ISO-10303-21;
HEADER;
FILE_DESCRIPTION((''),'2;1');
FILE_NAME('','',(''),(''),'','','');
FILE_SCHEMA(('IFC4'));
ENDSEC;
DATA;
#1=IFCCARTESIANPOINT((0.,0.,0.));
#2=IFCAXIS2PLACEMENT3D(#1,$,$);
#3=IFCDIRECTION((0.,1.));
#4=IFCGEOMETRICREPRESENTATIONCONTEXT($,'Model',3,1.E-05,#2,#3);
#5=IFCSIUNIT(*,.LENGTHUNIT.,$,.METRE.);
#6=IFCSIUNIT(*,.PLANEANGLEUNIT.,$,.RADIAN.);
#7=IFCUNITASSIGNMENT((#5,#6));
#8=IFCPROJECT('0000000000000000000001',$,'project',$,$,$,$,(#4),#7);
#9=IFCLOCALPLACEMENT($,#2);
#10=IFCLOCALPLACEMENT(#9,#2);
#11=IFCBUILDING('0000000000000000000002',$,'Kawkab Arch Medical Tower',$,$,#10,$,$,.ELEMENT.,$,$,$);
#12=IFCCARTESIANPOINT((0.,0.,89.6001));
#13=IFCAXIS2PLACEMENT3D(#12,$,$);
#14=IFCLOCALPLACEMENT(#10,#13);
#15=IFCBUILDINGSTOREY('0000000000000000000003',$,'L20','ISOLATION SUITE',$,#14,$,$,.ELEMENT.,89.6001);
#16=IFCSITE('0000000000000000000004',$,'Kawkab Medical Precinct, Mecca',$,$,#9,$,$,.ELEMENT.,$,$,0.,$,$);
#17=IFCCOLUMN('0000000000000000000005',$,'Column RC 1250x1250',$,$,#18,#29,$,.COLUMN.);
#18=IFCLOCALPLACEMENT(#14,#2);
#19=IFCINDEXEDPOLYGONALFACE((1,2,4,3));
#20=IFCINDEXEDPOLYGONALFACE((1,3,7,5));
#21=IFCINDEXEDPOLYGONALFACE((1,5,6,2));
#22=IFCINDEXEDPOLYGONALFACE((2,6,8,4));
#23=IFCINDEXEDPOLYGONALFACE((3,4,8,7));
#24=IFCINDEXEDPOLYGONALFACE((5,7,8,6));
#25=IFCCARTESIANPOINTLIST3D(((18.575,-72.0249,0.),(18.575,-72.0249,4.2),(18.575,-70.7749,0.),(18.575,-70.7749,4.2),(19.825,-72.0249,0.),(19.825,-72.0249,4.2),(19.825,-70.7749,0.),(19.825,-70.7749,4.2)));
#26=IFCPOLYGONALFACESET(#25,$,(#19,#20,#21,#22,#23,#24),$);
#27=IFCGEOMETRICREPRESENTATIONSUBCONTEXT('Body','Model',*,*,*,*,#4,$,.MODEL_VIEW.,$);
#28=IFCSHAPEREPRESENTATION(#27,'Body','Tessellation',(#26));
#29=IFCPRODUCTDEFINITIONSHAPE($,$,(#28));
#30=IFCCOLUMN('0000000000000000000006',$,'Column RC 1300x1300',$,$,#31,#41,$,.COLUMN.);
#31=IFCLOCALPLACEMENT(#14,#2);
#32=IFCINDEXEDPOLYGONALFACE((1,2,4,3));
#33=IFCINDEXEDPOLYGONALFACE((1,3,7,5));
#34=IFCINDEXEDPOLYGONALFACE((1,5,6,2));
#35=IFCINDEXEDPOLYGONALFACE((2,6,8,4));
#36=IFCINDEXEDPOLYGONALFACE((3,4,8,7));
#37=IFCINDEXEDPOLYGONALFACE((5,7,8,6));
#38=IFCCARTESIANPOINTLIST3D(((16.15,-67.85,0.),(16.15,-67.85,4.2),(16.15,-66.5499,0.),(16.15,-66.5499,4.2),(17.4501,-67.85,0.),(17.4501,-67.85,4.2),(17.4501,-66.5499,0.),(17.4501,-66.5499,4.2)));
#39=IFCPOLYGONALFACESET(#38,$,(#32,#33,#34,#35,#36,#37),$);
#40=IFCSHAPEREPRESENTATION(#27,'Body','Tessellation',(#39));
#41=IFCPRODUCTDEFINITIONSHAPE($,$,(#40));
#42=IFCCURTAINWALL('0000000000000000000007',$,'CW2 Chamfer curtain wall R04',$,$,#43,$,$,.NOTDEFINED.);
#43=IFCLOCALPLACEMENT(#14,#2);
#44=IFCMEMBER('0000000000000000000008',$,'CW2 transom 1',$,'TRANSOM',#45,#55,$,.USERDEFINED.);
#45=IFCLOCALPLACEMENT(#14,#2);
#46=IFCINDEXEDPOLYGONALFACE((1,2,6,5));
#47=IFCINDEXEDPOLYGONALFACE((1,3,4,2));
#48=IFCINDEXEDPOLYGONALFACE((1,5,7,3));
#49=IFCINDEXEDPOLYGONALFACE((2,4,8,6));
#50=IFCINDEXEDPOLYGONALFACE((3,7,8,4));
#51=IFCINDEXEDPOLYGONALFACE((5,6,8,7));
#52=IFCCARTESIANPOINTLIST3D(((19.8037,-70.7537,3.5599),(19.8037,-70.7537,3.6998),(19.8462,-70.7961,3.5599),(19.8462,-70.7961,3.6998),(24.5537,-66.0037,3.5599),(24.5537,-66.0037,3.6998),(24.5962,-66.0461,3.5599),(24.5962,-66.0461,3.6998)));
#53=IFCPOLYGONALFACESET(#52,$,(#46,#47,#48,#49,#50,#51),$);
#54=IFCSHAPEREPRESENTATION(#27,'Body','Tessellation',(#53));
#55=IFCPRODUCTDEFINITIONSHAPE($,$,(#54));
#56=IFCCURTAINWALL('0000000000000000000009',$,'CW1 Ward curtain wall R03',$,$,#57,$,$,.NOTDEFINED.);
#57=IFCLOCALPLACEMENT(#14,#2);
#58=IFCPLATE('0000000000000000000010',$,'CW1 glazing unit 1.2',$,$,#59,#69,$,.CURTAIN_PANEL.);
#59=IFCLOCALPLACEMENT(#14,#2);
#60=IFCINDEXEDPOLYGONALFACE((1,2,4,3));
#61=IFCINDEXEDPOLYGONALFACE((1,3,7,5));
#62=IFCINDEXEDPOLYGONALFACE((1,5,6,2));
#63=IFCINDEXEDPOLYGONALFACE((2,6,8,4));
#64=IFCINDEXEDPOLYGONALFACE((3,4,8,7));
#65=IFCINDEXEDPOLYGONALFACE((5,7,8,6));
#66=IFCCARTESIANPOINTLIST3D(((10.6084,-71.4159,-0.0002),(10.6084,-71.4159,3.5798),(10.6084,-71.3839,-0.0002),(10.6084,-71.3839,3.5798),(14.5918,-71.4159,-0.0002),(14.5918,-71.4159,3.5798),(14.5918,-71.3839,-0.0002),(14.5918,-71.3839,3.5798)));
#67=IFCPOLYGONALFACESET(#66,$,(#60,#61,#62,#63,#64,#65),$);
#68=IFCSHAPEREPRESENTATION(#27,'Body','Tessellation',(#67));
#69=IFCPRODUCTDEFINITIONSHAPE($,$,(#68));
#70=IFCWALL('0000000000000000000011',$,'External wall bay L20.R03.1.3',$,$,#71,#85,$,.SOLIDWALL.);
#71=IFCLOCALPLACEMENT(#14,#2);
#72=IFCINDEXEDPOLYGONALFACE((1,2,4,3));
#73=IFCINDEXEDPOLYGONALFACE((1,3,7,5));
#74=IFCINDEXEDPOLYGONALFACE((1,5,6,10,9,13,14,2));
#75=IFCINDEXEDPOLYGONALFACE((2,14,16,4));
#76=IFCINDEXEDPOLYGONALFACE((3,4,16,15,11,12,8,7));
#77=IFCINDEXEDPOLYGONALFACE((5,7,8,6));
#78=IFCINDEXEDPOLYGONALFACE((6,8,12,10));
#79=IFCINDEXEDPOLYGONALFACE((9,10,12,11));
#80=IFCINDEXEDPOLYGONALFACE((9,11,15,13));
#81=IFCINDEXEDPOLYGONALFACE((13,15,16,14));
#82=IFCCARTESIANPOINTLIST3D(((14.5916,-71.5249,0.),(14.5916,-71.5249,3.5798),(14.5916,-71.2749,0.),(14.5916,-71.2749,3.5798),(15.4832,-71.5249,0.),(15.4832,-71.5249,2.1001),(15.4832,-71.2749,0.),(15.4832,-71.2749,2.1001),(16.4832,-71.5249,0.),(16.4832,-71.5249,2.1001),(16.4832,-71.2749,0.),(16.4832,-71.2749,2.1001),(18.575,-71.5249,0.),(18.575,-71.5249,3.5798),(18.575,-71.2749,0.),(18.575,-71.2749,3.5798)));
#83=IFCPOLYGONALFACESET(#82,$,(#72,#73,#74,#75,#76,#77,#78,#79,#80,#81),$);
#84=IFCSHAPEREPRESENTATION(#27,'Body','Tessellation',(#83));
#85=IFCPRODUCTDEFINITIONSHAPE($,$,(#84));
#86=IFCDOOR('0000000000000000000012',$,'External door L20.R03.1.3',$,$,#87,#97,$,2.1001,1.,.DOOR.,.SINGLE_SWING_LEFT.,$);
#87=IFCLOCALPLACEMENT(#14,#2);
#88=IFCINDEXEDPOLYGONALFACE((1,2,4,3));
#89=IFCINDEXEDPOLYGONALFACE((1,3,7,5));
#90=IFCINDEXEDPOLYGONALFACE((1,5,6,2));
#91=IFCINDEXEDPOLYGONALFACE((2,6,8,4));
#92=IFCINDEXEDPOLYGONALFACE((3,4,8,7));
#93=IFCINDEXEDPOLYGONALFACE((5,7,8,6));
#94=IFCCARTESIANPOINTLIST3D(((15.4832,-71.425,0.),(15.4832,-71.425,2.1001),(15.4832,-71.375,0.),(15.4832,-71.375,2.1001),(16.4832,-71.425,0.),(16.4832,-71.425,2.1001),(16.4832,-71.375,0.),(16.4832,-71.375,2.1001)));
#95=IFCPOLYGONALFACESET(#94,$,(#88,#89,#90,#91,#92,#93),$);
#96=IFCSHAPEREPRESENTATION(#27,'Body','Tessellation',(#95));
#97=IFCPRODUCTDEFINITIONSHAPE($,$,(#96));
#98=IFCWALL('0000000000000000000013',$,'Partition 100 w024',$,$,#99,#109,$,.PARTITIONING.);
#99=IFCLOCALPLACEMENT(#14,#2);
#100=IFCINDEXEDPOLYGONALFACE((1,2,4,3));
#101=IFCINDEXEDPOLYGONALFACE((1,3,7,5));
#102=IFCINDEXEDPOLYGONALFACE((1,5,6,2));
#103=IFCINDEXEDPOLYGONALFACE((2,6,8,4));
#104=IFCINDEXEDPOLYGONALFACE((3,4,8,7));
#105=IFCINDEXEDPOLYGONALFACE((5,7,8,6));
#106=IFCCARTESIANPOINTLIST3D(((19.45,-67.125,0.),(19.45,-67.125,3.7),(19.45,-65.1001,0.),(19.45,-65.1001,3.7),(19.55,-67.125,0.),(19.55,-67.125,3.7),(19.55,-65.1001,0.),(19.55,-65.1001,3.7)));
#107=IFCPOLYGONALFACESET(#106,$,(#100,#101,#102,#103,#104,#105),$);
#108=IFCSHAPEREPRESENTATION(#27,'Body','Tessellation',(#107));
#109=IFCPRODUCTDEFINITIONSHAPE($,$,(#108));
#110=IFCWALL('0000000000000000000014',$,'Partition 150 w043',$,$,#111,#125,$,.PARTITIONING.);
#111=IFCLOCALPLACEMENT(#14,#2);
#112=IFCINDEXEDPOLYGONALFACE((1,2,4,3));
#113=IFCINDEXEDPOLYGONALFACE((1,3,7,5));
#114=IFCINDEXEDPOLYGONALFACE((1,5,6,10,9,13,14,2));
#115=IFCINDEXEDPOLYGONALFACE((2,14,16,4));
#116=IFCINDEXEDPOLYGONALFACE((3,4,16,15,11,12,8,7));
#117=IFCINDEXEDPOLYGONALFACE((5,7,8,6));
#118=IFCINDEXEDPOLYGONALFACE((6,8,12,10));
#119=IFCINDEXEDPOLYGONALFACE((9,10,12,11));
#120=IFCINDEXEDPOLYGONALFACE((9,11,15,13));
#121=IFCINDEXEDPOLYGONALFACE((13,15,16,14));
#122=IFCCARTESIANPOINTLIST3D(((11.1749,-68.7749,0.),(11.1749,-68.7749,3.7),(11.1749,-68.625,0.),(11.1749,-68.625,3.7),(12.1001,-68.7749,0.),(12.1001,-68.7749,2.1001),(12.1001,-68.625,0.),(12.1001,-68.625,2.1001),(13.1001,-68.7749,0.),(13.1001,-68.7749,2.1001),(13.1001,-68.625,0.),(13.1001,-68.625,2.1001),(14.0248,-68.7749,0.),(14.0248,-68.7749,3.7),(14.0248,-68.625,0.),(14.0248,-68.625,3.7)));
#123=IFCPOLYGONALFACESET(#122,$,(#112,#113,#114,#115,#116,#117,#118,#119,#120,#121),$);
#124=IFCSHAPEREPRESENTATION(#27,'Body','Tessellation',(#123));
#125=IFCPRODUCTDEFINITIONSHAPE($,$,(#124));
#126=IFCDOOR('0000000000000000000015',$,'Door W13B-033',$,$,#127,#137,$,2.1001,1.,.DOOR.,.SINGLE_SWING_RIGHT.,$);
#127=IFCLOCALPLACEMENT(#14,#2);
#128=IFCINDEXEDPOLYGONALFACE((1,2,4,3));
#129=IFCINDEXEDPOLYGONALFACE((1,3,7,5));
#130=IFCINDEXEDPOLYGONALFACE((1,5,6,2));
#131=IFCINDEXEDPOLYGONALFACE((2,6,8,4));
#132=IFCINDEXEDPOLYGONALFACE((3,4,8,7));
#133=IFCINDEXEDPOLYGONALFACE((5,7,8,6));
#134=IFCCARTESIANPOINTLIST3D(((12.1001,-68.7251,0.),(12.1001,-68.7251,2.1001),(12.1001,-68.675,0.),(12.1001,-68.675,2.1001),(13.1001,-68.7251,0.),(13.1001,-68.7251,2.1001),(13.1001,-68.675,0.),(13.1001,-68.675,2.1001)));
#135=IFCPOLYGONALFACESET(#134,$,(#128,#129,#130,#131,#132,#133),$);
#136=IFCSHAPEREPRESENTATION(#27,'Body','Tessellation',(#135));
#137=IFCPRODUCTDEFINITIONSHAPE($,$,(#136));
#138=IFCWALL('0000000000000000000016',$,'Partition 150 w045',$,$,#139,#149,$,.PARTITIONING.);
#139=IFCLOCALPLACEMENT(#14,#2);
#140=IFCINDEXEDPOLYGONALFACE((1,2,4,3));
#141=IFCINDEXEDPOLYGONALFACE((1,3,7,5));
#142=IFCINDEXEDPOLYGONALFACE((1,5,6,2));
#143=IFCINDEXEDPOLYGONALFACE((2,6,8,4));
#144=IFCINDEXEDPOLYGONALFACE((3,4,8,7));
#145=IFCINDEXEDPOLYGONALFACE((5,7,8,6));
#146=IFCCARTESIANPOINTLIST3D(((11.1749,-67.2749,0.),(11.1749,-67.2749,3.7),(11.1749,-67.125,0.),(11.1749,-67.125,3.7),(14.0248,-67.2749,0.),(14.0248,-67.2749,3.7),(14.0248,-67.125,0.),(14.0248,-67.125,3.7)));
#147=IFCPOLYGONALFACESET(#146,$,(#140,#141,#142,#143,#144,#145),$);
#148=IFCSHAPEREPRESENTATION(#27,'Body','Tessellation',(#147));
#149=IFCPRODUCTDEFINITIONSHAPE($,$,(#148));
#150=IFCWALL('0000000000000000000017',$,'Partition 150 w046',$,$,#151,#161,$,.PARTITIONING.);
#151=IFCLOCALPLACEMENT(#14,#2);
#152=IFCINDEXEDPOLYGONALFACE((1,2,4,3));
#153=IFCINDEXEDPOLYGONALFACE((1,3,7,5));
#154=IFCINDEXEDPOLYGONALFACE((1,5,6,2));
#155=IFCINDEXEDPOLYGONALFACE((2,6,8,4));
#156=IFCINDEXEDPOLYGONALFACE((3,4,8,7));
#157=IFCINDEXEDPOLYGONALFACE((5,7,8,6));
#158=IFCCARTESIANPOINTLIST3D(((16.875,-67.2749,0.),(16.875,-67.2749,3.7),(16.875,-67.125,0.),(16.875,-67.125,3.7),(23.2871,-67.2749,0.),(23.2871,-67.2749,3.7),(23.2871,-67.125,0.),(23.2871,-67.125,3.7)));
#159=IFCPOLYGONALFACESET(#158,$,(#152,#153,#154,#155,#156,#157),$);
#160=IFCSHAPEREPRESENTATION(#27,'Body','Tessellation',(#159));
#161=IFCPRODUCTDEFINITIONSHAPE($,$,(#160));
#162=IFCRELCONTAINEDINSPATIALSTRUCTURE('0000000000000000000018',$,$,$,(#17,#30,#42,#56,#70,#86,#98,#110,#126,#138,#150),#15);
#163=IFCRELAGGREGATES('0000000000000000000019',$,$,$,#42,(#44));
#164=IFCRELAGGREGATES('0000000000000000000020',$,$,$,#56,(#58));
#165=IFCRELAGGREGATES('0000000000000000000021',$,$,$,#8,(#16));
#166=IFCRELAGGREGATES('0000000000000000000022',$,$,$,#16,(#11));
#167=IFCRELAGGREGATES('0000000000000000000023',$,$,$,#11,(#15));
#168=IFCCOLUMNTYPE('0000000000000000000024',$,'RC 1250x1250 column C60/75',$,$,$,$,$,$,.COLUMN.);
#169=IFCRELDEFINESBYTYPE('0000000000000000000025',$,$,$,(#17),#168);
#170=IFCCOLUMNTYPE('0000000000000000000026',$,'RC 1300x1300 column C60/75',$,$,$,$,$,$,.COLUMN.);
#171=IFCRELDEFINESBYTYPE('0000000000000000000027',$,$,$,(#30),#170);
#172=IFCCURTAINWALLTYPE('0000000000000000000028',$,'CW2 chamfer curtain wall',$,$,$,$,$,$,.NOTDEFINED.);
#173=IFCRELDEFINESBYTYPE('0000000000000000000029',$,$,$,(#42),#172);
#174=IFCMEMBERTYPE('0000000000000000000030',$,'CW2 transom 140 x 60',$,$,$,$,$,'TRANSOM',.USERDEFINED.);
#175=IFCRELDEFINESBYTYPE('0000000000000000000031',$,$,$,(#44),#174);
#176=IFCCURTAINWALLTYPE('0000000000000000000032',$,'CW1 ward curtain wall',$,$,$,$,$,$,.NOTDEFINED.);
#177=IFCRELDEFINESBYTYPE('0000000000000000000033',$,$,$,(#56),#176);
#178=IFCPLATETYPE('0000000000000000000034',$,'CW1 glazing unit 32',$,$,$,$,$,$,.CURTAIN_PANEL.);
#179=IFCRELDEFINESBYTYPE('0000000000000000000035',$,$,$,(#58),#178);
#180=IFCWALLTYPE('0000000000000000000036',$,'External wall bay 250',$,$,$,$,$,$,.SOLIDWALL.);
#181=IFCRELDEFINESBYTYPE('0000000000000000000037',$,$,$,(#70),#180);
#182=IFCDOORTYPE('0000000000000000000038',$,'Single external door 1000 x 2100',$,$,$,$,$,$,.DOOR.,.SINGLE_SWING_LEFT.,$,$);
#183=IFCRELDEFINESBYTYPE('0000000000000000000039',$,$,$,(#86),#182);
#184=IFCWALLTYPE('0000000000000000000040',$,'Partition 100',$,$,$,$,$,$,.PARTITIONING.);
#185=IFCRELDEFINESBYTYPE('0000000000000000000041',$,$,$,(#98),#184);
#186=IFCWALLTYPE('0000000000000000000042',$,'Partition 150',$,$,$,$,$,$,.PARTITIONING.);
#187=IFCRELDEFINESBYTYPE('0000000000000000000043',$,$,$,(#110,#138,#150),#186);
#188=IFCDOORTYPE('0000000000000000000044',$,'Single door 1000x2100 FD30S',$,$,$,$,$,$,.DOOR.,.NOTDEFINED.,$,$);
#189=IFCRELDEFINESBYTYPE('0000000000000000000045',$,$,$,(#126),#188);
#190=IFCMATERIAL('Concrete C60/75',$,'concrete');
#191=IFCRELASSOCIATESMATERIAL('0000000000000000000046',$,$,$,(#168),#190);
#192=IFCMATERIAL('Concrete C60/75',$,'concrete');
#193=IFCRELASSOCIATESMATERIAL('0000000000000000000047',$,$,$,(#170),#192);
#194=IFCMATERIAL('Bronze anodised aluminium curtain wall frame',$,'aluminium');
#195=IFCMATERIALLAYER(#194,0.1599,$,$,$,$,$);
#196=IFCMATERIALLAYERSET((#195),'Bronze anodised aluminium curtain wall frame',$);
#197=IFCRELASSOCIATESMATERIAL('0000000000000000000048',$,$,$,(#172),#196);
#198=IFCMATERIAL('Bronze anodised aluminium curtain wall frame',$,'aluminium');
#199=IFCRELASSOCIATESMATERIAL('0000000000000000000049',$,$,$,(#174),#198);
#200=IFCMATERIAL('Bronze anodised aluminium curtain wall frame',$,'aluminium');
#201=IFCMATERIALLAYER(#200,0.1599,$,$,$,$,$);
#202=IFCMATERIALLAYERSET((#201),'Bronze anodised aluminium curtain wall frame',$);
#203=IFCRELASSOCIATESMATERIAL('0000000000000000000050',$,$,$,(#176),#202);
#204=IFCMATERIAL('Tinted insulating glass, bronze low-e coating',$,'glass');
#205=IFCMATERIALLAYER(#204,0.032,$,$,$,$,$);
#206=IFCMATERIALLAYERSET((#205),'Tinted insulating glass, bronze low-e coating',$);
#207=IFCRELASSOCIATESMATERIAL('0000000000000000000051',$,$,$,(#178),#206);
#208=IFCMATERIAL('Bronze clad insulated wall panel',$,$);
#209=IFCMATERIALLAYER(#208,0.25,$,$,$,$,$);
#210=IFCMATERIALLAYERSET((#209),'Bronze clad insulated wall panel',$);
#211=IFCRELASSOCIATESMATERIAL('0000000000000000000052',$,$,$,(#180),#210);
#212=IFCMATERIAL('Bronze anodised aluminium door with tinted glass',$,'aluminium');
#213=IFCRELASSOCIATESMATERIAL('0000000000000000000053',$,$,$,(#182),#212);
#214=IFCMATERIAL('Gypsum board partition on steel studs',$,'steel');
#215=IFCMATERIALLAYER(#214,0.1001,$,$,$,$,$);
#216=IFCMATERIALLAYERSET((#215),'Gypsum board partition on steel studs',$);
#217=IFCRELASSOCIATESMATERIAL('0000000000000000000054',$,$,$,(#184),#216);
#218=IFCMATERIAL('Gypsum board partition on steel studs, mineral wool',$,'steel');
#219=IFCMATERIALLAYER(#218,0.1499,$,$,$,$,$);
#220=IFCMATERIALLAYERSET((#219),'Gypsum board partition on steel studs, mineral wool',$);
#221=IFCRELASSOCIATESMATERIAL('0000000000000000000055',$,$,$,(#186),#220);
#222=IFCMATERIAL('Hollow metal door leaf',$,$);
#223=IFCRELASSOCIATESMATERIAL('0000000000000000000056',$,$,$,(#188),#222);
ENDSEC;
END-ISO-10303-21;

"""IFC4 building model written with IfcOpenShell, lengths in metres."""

from ifc_helpers import new_model, si_unit, direction, frame, frame_2d, origin, origin_2d, place, context, subcontext, project, spatial, rectangle, extrude, material, layer, layer_set, material_profile, profile_set, type_object, element, fill, aggregate, save


model = new_model("IFC4")

# Units and contexts
model_context = context("Model", 3, precision=1e-05, world=origin(), true_north=direction((0.0, 1.0)))
body_context = subcontext(model_context, "Body", "Model", "MODEL_VIEW")
ifc_project = project(units=[si_unit("LENGTHUNIT", "METRE"), si_unit("PLANEANGLEUNIT", "RADIAN")], contexts=[model_context])

# Site, building, storey
site_placement = place(None, origin())
site = spatial("IfcSite", under=ifc_project, at=site_placement, Name="Kawkab Medical Precinct, Mecca", CompositionType="ELEMENT", RefElevation=0.0)
building_placement = place(site_placement, origin())
building = spatial("IfcBuilding", under=site, at=building_placement, Name="Kawkab Arch Medical Tower", CompositionType="ELEMENT")
storey_placement = place(building_placement, frame((0.0, 0.0, 89.6001)))
storey = spatial("IfcBuildingStorey", under=building, at=storey_placement, Name="L20", Description="ISOLATION SUITE", CompositionType="ELEMENT", Elevation=89.6001)

# Columns
ifc_material_1 = material(Name="Concrete C60/75", Category="concrete")
ifc_material_profile_1 = material_profile(ifc_material_1, rectangle(XDim=1.25, YDim=1.25, at=origin_2d()), Name="RC 1250x1250")
ifc_profile_set_1 = profile_set([ifc_material_profile_1], Name="Concrete C60/75")
column_type_1 = type_object("IfcColumnType", Name="RC 1250x1250 column C60/75", PredefinedType="COLUMN", material=ifc_profile_set_1)
column_1_placement = place(storey_placement, frame((19.2, -71.3999, 0.0), z_axis=(0.0, 0.0, 1.0), x_axis=(1.0, 0.0, 0.0)))
element("IfcColumn", 1, at=column_1_placement, inside=storey, type_object=column_type_1, Name="Column RC 1250x1250", PredefinedType="COLUMN", context=body_context, shape_type="SweptSolid", body=[
    extrude(rectangle(XDim=1.25, YDim=1.25, at=origin_2d()), origin(), (0.0, 0.0, 1.0), 4.2),
])
ifc_material_2 = material(Name="Concrete C60/75", Category="concrete")
ifc_material_profile_2 = material_profile(ifc_material_2, rectangle(XDim=1.3, YDim=1.3, at=origin_2d()), Name="RC 1300x1300")
ifc_profile_set_2 = profile_set([ifc_material_profile_2], Name="Concrete C60/75")
column_type_2 = type_object("IfcColumnType", Name="RC 1300x1300 column C60/75", PredefinedType="COLUMN", material=ifc_profile_set_2)
column_2_placement = place(storey_placement, frame((16.8, -67.2, 0.0), z_axis=(0.0, 0.0, 1.0), x_axis=(1.0, 0.0, 0.0)))
element("IfcColumn", 2, at=column_2_placement, inside=storey, type_object=column_type_2, Name="Column RC 1300x1300", PredefinedType="COLUMN", context=body_context, shape_type="SweptSolid", body=[
    extrude(rectangle(XDim=1.3, YDim=1.3, at=origin_2d()), origin(), (0.0, 0.0, 1.0), 4.2),
])

# Curtain wall, member
ifc_material_3 = material(Name="Bronze anodised aluminium curtain wall frame", Category="aluminium")
ifc_layer_1 = layer(ifc_material_3, 0.1599)
ifc_layer_set_1 = layer_set([ifc_layer_1], Name="Bronze anodised aluminium curtain wall frame")
curtain_wall_type_1 = type_object("IfcCurtainWallType", Name="CW2 chamfer curtain wall", PredefinedType="NOTDEFINED", material=ifc_layer_set_1)
placement = place(storey_placement, origin())
curtain_wall_1 = element("IfcCurtainWall", 3, at=placement, inside=storey, type_object=curtain_wall_type_1, Name="CW2 Chamfer curtain wall R04", PredefinedType="NOTDEFINED")
ifc_material_4 = material(Name="Bronze anodised aluminium curtain wall frame", Category="aluminium")
ifc_material_profile_3 = material_profile(ifc_material_4, rectangle(XDim=0.0601, YDim=0.1399, at=origin_2d()), Name="AL 60x140")
ifc_profile_set_3 = profile_set([ifc_material_profile_3], Name="Bronze anodised aluminium curtain wall frame")
member_type = type_object("IfcMemberType", Name="CW2 transom 140 x 60", ElementType="TRANSOM", PredefinedType="USERDEFINED", material=ifc_profile_set_3)
member_placement = place(storey_placement, frame((19.825, -70.7749, 3.6299), z_axis=(0.707107, 0.707107, 0.0), x_axis=(-0.707107, 0.707107, 0.0)))
member = element("IfcMember", 4, at=member_placement, type_object=member_type, Name="CW2 transom 1", ObjectType="TRANSOM", PredefinedType="USERDEFINED", context=body_context, shape_type="SweptSolid", body=[
    extrude(rectangle(XDim=0.0601, YDim=0.1399, at=origin_2d()), origin(), (0.0, 0.0, 1.0), 6.7175),
])
aggregate(curtain_wall_1, [member])

# Curtain wall, plate
ifc_material_5 = material(Name="Bronze anodised aluminium curtain wall frame", Category="aluminium")
ifc_layer_2 = layer(ifc_material_5, 0.1599)
ifc_layer_set_2 = layer_set([ifc_layer_2], Name="Bronze anodised aluminium curtain wall frame")
curtain_wall_type_2 = type_object("IfcCurtainWallType", Name="CW1 ward curtain wall", PredefinedType="NOTDEFINED", material=ifc_layer_set_2)
curtain_wall_2 = element("IfcCurtainWall", 5, at=placement, inside=storey, type_object=curtain_wall_type_2, Name="CW1 Ward curtain wall R03", PredefinedType="NOTDEFINED")
ifc_material_6 = material(Name="Tinted insulating glass, bronze low-e coating", Category="glass")
ifc_layer_3 = layer(ifc_material_6, 0.032)
ifc_layer_set_3 = layer_set([ifc_layer_3], Name="Tinted insulating glass, bronze low-e coating")
plate_type = type_object("IfcPlateType", Name="CW1 glazing unit 32", PredefinedType="CURTAIN_PANEL", material=ifc_layer_set_3)
plate_placement = place(storey_placement, frame((12.6001, -71.3999, -0.0002), z_axis=(0.0, 0.0, 1.0), x_axis=(1.0, 0.0, 0.0)))
plate = element("IfcPlate", 6, at=plate_placement, type_object=plate_type, Name="CW1 glazing unit 1.2", PredefinedType="CURTAIN_PANEL", context=body_context, shape_type="SweptSolid", body=[
    extrude(rectangle(XDim=3.9834, YDim=0.032, at=origin_2d()), origin(), (0.0, 0.0, 1.0), 3.5801),
])
aggregate(curtain_wall_2, [plate])

# Wall, opening, door
ifc_material_7 = material(Name="Bronze clad insulated wall panel")
ifc_layer_4 = layer(ifc_material_7, 0.25)
ifc_layer_set_4 = layer_set([ifc_layer_4], Name="Bronze clad insulated wall panel")
wall_type_1 = type_object("IfcWallType", Name="External wall bay 250", PredefinedType="SOLIDWALL", material=ifc_layer_set_4)
wall_1_placement = place(storey_placement, frame((14.5916, -71.3999, 0.0), z_axis=(0.0, 0.0, 1.0), x_axis=(1.0, 0.0, 0.0)))
wall_1 = element("IfcWall", 7, at=wall_1_placement, inside=storey, type_object=wall_type_1, Name="External wall bay L20.R03.1.3", PredefinedType="SOLIDWALL", context=body_context, shape_type="SweptSolid", body=[
    extrude(rectangle(XDim=3.9834, YDim=0.25, at=frame_2d((1.9917, 0.0))), origin(), (0.0, 0.0, 1.0), 3.5798),
])
opening_1_placement = place(wall_1_placement, frame((0.8916, 0.0, 0.0)))
opening_1 = element("IfcOpeningElement", 8, at=opening_1_placement, cuts=wall_1, PredefinedType="OPENING", context=body_context, shape_type="SweptSolid", body=[
    extrude(rectangle(XDim=1.0, YDim=2.1001, at=frame_2d((0.5, 1.05))), frame((0.0, 0.135, 0.0), z_axis=(0.0, -1.0, 0.0), x_axis=(1.0, 0.0, 0.0)), (0.0, 0.0, 1.0), 0.27),
])
ifc_material_8 = material(Name="Bronze anodised aluminium door with tinted glass", Category="aluminium")
door_type_1 = type_object("IfcDoorType", Name="Single external door 1000 x 2100", OperationType="SINGLE_SWING_LEFT", PredefinedType="DOOR", material=ifc_material_8)
door_1_placement = place(opening_1_placement, origin())
door_1 = element("IfcDoor", 9, at=door_1_placement, inside=storey, type_object=door_type_1, Name="External door L20.R03.1.3", OperationType="SINGLE_SWING_LEFT", OverallHeight=2.1001, OverallWidth=1.0, PredefinedType="DOOR", context=body_context, shape_type="SweptSolid", body=[
    extrude(rectangle(XDim=1.0, YDim=2.1001, at=frame_2d((0.5, 1.05))), frame((0.0, 0.0249, 0.0), z_axis=(0.0, -1.0, 0.0), x_axis=(1.0, 0.0, 0.0)), (0.0, 0.0, 1.0), 0.05),
])
fill(opening_1, door_1)

# Wall
ifc_material_9 = material(Name="Gypsum board partition on steel studs", Category="steel")
ifc_layer_5 = layer(ifc_material_9, 0.1001)
ifc_layer_set_5 = layer_set([ifc_layer_5], Name="Gypsum board partition on steel studs")
wall_type_2 = type_object("IfcWallType", Name="Partition 100", PredefinedType="PARTITIONING", material=ifc_layer_set_5)
wall_2_placement = place(storey_placement, frame((19.5, -67.125, 0.0), z_axis=(0.0, 0.0, 1.0), x_axis=(0.0, 1.0, 0.0)))
element("IfcWall", 10, at=wall_2_placement, inside=storey, type_object=wall_type_2, Name="Partition 100 w024", PredefinedType="PARTITIONING", context=body_context, shape_type="SweptSolid", body=[
    extrude(rectangle(XDim=2.0249, YDim=0.1001, at=frame_2d((1.0125, 0.0))), origin(), (0.0, 0.0, 1.0), 3.7),
])

# Wall, opening, door
ifc_material_10 = material(Name="Gypsum board partition on steel studs, mineral wool", Category="steel")
ifc_layer_6 = layer(ifc_material_10, 0.1499)
ifc_layer_set_6 = layer_set([ifc_layer_6], Name="Gypsum board partition on steel studs, mineral wool")
wall_type_3 = type_object("IfcWallType", Name="Partition 150", PredefinedType="PARTITIONING", material=ifc_layer_set_6)
wall_3_placement = place(storey_placement, frame((11.175, -68.7, 0.0), z_axis=(0.0, 0.0, 1.0), x_axis=(1.0, 0.0, 0.0)))
wall_3 = element("IfcWall", 11, at=wall_3_placement, inside=storey, type_object=wall_type_3, Name="Partition 150 w043", PredefinedType="PARTITIONING", context=body_context, shape_type="SweptSolid", body=[
    extrude(rectangle(XDim=2.8499, YDim=0.1499, at=frame_2d((1.4248, 0.0))), origin(), (0.0, 0.0, 1.0), 3.7),
])
opening_2_placement = place(wall_3_placement, frame((0.925, 0.0, 0.0)))
opening_2 = element("IfcOpeningElement", 12, at=opening_2_placement, cuts=wall_3, PredefinedType="OPENING", context=body_context, shape_type="SweptSolid", body=[
    extrude(rectangle(XDim=1.0, YDim=2.1001, at=frame_2d((0.5, 1.05))), frame((0.0, 0.085, 0.0), z_axis=(0.0, -1.0, 0.0), x_axis=(1.0, 0.0, 0.0)), (0.0, 0.0, 1.0), 0.1699),
])
ifc_material_11 = material(Name="Hollow metal door leaf")
door_type_2 = type_object("IfcDoorType", Name="Single door 1000x2100 FD30S", OperationType="NOTDEFINED", PredefinedType="DOOR", material=ifc_material_11)
door_2_placement = place(opening_2_placement, origin())
door_2 = element("IfcDoor", 13, at=door_2_placement, inside=storey, type_object=door_type_2, Name="Door W13B-033", OperationType="SINGLE_SWING_RIGHT", OverallHeight=2.1001, OverallWidth=1.0, PredefinedType="DOOR", context=body_context, shape_type="SweptSolid", body=[
    extrude(rectangle(XDim=1.0, YDim=2.1001, at=frame_2d((0.5, 1.05))), frame((0.0, 0.0249, 0.0), z_axis=(0.0, -1.0, 0.0), x_axis=(1.0, 0.0, 0.0)), (0.0, 0.0, 1.0), 0.05),
])
fill(opening_2, door_2)

# Walls
wall_4_placement = place(storey_placement, frame((11.175, -67.2, 0.0), z_axis=(0.0, 0.0, 1.0), x_axis=(1.0, 0.0, 0.0)))
element("IfcWall", 14, at=wall_4_placement, inside=storey, type_object=wall_type_3, Name="Partition 150 w045", PredefinedType="PARTITIONING", context=body_context, shape_type="SweptSolid", body=[
    extrude(rectangle(XDim=2.8499, YDim=0.1499, at=frame_2d((1.4248, 0.0))), origin(), (0.0, 0.0, 1.0), 3.7),
])
wall_5_placement = place(storey_placement, frame((16.875, -67.2, 0.0), z_axis=(0.0, 0.0, 1.0), x_axis=(1.0, 0.0, 0.0)))
element("IfcWall", 15, at=wall_5_placement, inside=storey, type_object=wall_type_3, Name="Partition 150 w046", PredefinedType="PARTITIONING", context=body_context, shape_type="SweptSolid", body=[
    extrude(rectangle(XDim=6.4121, YDim=0.1499, at=frame_2d((3.2061, 0.0))), origin(), (0.0, 0.0, 1.0), 3.7),
])

save(model, "model.ifc")
